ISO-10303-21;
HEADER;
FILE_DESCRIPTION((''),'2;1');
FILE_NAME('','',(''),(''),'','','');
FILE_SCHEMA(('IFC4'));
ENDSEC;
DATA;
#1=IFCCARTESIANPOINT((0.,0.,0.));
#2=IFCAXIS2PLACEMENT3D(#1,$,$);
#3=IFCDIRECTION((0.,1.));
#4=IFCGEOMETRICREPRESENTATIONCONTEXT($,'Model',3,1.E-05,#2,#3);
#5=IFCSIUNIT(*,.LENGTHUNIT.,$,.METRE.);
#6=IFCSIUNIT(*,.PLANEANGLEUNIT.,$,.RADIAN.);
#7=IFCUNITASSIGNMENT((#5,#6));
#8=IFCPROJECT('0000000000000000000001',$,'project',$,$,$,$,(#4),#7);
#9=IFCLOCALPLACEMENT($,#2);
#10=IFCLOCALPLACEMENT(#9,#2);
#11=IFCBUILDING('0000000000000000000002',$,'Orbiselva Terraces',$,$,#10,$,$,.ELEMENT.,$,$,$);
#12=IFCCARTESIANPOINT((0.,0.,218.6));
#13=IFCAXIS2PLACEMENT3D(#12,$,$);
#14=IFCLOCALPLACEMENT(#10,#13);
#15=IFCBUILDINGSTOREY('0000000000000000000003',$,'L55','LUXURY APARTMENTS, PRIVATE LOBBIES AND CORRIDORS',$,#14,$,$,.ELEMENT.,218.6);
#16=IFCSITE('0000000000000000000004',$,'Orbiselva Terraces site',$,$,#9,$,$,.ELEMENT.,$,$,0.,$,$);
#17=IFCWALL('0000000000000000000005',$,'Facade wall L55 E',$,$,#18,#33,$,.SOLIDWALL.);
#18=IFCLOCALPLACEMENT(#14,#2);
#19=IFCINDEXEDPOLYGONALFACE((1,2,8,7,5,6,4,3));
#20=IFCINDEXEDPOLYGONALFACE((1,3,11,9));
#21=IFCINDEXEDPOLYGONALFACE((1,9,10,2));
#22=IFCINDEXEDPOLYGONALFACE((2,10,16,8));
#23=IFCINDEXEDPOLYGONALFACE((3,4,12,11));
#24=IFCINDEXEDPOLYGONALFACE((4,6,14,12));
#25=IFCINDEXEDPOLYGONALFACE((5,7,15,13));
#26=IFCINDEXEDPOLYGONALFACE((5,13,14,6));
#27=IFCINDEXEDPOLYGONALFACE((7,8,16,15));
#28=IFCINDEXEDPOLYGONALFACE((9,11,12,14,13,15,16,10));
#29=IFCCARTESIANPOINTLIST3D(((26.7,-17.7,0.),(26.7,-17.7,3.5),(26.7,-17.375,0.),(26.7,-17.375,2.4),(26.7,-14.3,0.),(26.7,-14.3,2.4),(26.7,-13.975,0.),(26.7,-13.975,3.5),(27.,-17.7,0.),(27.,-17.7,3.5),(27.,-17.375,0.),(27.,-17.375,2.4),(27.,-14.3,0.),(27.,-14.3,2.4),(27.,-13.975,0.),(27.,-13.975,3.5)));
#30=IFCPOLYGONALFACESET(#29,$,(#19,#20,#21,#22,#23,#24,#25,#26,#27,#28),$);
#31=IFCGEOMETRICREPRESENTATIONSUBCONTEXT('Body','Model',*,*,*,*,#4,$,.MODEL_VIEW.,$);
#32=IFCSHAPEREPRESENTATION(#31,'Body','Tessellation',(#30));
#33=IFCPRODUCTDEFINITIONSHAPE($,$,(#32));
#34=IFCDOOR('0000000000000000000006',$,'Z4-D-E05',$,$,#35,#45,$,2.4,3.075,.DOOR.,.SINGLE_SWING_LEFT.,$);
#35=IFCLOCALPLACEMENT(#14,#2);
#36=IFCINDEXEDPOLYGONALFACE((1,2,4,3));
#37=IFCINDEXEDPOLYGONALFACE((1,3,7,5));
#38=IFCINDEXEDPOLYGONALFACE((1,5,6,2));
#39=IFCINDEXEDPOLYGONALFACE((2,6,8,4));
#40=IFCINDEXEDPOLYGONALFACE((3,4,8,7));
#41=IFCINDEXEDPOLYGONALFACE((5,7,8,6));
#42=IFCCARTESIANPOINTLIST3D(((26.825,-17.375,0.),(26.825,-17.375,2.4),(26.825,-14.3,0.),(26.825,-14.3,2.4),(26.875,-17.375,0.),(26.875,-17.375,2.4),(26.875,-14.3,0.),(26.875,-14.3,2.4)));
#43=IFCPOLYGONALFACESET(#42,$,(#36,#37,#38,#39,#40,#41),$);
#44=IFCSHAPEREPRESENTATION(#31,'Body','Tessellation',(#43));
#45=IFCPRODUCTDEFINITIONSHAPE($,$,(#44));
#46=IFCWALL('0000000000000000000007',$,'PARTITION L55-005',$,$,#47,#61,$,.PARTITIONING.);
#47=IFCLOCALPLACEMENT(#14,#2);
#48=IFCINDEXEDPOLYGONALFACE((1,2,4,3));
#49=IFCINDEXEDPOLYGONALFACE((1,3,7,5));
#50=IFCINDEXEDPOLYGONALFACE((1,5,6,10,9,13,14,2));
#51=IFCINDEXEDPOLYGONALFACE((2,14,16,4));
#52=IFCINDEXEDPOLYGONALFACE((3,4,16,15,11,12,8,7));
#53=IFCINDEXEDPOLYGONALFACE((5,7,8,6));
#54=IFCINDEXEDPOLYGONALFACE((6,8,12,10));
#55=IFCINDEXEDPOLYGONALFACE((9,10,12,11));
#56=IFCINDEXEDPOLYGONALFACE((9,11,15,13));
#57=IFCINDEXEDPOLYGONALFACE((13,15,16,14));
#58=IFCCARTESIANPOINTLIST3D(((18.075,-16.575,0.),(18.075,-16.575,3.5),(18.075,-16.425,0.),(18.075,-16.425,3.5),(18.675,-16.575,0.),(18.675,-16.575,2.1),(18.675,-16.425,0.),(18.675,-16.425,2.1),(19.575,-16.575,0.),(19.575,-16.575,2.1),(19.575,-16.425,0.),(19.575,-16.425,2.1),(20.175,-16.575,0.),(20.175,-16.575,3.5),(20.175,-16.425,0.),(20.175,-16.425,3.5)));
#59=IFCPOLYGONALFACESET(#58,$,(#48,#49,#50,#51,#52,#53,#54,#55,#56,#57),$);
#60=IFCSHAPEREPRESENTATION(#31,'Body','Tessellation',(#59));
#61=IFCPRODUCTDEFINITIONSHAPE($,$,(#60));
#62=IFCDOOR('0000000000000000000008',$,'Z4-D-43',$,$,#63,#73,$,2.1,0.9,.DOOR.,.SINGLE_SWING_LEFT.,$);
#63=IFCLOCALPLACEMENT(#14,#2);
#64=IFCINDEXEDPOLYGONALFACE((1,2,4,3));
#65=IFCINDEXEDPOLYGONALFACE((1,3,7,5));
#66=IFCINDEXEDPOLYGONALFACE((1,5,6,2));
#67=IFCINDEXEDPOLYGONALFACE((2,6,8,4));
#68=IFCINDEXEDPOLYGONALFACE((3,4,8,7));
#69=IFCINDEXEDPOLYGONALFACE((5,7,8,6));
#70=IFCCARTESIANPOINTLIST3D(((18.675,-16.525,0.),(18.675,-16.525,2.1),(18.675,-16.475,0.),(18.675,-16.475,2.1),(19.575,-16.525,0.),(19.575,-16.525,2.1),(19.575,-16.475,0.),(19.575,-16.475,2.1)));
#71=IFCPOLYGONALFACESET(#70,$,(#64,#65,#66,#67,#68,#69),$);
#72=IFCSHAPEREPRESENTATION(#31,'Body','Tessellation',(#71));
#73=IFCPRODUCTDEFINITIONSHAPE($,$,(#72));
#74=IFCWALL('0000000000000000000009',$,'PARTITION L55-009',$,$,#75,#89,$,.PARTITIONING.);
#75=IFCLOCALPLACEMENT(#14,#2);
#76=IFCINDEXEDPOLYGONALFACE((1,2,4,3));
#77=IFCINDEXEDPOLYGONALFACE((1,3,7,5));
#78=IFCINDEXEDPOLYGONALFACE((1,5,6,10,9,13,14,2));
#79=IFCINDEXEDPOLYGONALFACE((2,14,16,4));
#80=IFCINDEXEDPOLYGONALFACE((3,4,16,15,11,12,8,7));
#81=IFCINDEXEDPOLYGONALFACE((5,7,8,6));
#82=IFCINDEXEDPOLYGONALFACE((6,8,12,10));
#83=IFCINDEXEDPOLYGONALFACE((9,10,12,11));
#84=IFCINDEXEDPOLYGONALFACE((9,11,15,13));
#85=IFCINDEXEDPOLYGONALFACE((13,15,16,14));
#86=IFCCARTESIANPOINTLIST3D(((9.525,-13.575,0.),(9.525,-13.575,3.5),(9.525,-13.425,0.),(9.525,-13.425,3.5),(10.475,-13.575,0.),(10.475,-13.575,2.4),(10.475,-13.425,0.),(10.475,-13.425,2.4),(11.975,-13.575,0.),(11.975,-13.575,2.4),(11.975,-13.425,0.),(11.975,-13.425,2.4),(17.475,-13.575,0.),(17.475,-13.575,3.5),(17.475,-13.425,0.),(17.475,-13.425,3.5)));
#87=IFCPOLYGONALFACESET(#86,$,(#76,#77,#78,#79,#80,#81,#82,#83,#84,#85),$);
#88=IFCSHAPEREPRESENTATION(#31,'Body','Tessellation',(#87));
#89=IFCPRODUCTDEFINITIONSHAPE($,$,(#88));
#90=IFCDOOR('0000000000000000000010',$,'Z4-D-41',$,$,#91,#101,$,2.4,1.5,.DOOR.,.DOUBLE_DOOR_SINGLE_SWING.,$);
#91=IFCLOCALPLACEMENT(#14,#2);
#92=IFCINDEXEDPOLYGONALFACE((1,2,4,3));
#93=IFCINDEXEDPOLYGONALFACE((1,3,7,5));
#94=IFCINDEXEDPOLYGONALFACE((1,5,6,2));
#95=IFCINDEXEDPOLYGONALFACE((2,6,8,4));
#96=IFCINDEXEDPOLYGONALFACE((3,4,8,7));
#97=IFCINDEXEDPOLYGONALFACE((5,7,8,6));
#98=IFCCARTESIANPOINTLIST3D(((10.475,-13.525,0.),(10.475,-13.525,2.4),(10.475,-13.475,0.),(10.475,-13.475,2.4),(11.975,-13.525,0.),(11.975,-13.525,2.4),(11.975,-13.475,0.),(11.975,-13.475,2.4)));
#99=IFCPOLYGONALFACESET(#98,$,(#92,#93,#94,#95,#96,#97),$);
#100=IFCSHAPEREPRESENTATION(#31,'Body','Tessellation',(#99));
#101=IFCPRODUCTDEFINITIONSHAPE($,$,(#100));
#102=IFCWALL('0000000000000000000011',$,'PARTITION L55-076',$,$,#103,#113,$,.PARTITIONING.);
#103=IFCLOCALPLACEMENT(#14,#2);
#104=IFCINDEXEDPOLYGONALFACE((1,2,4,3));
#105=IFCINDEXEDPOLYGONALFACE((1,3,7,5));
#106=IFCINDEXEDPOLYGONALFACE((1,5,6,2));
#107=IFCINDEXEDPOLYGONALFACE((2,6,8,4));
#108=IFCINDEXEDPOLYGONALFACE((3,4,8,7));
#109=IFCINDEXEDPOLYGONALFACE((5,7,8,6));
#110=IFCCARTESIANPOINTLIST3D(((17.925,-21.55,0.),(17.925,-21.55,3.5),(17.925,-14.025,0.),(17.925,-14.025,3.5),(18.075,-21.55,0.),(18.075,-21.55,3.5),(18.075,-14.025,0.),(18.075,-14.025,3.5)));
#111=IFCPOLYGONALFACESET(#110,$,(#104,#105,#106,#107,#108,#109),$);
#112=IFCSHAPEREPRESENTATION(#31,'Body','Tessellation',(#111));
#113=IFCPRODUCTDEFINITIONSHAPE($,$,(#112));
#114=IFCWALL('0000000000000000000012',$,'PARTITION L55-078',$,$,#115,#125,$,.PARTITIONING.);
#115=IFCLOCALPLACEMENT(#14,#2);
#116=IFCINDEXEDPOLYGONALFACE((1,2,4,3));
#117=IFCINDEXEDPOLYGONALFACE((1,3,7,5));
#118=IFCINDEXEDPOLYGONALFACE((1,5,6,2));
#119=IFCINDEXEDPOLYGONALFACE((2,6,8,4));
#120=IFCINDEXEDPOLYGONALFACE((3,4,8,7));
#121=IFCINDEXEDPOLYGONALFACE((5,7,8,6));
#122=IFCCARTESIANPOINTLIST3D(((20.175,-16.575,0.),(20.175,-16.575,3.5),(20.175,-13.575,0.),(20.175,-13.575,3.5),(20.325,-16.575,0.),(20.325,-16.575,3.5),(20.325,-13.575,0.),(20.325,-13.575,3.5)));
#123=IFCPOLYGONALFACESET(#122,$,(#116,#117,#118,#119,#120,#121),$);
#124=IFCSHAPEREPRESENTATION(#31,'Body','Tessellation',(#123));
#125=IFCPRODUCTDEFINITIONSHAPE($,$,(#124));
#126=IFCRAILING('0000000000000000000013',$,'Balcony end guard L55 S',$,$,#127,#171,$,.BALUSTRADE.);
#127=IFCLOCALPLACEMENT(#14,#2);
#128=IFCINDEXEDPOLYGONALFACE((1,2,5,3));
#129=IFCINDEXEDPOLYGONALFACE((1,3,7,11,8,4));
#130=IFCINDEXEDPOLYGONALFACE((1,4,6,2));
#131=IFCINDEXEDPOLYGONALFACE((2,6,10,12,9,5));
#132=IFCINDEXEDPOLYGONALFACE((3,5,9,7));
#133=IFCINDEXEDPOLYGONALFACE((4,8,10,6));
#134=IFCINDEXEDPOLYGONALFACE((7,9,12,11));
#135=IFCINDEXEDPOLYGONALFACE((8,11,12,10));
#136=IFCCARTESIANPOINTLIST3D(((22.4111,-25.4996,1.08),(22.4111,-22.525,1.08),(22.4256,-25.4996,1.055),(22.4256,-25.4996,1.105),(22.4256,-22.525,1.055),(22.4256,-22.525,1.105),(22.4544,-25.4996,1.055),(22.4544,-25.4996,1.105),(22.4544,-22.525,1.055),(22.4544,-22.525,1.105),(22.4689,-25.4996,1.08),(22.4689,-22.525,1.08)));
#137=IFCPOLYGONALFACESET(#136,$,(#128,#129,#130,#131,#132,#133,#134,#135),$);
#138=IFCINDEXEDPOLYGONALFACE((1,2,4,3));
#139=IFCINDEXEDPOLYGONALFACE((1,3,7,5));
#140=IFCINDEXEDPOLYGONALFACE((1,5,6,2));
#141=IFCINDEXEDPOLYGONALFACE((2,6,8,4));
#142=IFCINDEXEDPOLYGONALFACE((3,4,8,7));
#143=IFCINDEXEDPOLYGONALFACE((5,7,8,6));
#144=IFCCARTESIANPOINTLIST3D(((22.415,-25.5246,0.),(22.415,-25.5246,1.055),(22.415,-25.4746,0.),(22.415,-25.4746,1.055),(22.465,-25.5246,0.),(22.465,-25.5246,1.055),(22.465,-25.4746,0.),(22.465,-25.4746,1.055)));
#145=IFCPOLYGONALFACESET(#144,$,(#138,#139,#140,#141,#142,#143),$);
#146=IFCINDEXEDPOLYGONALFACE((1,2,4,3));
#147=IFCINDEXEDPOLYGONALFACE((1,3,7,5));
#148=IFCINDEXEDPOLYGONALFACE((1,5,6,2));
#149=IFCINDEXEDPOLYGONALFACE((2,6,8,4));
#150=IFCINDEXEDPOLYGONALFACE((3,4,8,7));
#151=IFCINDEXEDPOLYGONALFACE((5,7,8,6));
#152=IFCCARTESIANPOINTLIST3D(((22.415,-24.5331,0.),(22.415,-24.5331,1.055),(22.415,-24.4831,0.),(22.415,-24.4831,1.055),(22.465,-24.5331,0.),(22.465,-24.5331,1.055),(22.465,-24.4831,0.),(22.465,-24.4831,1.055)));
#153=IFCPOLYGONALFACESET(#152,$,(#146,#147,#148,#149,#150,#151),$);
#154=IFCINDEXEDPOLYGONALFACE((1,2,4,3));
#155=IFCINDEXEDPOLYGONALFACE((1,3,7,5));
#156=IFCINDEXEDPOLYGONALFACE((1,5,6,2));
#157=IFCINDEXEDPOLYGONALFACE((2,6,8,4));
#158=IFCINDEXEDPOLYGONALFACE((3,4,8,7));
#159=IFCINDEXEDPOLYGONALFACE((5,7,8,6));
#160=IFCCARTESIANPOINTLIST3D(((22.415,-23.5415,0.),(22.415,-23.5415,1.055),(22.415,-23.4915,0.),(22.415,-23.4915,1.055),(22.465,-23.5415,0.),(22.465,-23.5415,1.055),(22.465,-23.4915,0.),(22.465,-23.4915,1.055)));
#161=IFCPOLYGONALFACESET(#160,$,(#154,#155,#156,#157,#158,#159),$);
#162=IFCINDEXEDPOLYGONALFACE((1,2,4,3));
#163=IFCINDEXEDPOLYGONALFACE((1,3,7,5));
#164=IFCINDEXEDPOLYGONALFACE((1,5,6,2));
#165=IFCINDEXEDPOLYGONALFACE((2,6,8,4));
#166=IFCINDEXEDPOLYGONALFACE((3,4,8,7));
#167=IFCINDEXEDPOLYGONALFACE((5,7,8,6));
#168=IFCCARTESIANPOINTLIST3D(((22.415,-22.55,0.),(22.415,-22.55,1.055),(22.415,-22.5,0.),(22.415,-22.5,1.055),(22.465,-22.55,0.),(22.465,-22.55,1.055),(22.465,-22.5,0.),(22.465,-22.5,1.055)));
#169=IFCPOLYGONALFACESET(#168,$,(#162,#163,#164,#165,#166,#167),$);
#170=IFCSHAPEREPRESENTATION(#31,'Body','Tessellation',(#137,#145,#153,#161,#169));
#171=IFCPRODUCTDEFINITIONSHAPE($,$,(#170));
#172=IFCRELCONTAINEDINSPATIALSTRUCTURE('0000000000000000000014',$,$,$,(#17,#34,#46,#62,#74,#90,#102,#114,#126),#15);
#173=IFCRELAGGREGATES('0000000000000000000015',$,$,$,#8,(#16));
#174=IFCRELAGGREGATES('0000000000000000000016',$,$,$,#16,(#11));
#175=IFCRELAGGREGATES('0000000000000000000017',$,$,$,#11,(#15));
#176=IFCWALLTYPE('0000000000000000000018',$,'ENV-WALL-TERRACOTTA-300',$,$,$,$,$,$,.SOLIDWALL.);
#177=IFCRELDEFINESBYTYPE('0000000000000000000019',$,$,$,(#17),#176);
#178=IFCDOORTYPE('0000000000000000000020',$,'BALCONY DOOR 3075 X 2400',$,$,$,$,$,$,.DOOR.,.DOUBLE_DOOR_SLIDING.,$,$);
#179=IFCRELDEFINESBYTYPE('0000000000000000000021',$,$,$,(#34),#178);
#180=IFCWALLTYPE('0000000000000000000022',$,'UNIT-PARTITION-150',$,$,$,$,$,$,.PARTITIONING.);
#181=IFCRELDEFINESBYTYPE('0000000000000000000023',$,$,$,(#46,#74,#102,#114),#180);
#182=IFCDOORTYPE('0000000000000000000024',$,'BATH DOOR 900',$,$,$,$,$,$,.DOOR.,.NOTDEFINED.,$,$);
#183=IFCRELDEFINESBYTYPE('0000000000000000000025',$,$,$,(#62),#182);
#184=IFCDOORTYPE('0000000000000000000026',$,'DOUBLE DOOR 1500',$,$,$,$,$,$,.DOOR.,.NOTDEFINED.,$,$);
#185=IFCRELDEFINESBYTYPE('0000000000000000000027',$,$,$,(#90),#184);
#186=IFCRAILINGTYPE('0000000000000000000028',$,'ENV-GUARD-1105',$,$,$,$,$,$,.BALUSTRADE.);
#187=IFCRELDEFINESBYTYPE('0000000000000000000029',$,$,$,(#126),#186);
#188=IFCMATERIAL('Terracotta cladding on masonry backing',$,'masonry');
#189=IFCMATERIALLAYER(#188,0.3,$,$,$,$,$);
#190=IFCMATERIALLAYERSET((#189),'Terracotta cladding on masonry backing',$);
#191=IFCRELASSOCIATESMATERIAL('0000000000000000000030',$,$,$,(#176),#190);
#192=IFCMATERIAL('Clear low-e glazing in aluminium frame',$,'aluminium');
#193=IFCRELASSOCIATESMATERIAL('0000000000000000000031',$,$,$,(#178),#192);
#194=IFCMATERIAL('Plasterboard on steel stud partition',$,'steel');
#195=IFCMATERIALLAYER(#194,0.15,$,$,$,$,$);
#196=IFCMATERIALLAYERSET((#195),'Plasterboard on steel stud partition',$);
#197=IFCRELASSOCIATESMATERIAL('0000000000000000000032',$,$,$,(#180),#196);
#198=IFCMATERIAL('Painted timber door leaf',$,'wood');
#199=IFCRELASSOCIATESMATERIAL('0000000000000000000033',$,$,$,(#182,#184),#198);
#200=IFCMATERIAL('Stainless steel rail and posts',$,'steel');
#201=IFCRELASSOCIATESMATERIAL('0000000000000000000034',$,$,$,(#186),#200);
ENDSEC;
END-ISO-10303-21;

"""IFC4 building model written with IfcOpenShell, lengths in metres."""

from ifc_helpers import new_model, si_unit, direction, frame, frame_2d, origin, origin_2d, place, context, subcontext, project, spatial, polyline, rectangle, outline, extrude, material, layer, layer_set, type_object, element, fill, save


model = new_model("IFC4")

# Units and contexts
model_context = context("Model", 3, precision=1e-05, world=origin(), true_north=direction((0.0, 1.0)))
body_context = subcontext(model_context, "Body", "Model", "MODEL_VIEW")
ifc_project = project(units=[si_unit("LENGTHUNIT", "METRE"), si_unit("PLANEANGLEUNIT", "RADIAN")], contexts=[model_context])

# Site, building, storey
site_placement = place(None, origin())
site = spatial("IfcSite", under=ifc_project, at=site_placement, Name="Orbiselva Terraces site", CompositionType="ELEMENT", RefElevation=0.0)
building_placement = place(site_placement, origin())
building = spatial("IfcBuilding", under=site, at=building_placement, Name="Orbiselva Terraces", CompositionType="ELEMENT")
storey_placement = place(building_placement, frame((0.0, 0.0, 218.6)))
storey = spatial("IfcBuildingStorey", under=building, at=storey_placement, Name="L55", Description="LUXURY APARTMENTS, PRIVATE LOBBIES AND CORRIDORS", CompositionType="ELEMENT", Elevation=218.6)

# Shared definitions
ifc_material_1 = material(Name="Terracotta cladding on masonry backing", Category="masonry")
ifc_layer_1 = layer(ifc_material_1, 0.3)
ifc_layer_set_1 = layer_set([ifc_layer_1], Name="Terracotta cladding on masonry backing")
wall_type_1 = type_object("IfcWallType", Name="ENV-WALL-TERRACOTTA-300", PredefinedType="SOLIDWALL", material=ifc_layer_set_1)
ifc_material_2 = material(Name="Clear low-e glazing in aluminium frame", Category="aluminium")

# Shared definitions
door_type_1 = type_object("IfcDoorType", Name="BALCONY DOOR 3075 X 2400", OperationType="DOUBLE_DOOR_SLIDING", PredefinedType="DOOR", material=ifc_material_2)

# Walls, openings, doors
wall_1_placement = place(storey_placement, frame((26.85, -13.975, 0.0), z_axis=(0.0, 0.0, 1.0), x_axis=(0.0, -1.0, 0.0)))
wall_1 = element("IfcWall", 1, at=wall_1_placement, inside=storey, type_object=wall_type_1, Name="Facade wall L55 E", PredefinedType="SOLIDWALL", context=body_context, shape_type="SweptSolid", body=[
    extrude(rectangle(XDim=3.725, YDim=0.3, at=frame_2d((1.8625, 0.0))), origin(), (0.0, 0.0, 1.0), 3.5),
])
opening_1_placement = place(wall_1_placement, frame((0.325, 0.0, 0.0)))
opening_1 = element("IfcOpeningElement", 2, at=opening_1_placement, cuts=wall_1, PredefinedType="OPENING", context=body_context, shape_type="SweptSolid", body=[
    extrude(rectangle(XDim=3.075, YDim=2.4, at=frame_2d((1.5375, 1.2))), frame((0.0, 0.16, 0.0), z_axis=(0.0, -1.0, 0.0), x_axis=(1.0, 0.0, 0.0)), (0.0, 0.0, 1.0), 0.32),
])
door_1_placement = place(opening_1_placement, origin())
door_1 = element("IfcDoor", 3, at=door_1_placement, inside=storey, type_object=door_type_1, Name="Z4-D-E05", OperationType="SINGLE_SWING_LEFT", OverallHeight=2.4, OverallWidth=3.075, PredefinedType="DOOR", context=body_context, shape_type="SweptSolid", body=[
    extrude(rectangle(XDim=3.075, YDim=2.4, at=frame_2d((1.5375, 1.2))), frame((0.0, 0.025, 0.0), z_axis=(0.0, -1.0, 0.0), x_axis=(1.0, 0.0, 0.0)), (0.0, 0.0, 1.0), 0.05),
])
fill(opening_1, door_1)
ifc_material_3 = material(Name="Plasterboard on steel stud partition", Category="steel")
ifc_layer_2 = layer(ifc_material_3, 0.15)
ifc_layer_set_2 = layer_set([ifc_layer_2], Name="Plasterboard on steel stud partition")
wall_type_2 = type_object("IfcWallType", Name="UNIT-PARTITION-150", PredefinedType="PARTITIONING", material=ifc_layer_set_2)
wall_2_placement = place(storey_placement, frame((18.075, -16.5, 0.0), z_axis=(0.0, 0.0, 1.0), x_axis=(1.0, 0.0, 0.0)))
wall_2 = element("IfcWall", 4, at=wall_2_placement, inside=storey, type_object=wall_type_2, Name="PARTITION L55-005", PredefinedType="PARTITIONING", context=body_context, shape_type="SweptSolid", body=[
    extrude(rectangle(XDim=2.1, YDim=0.15, at=frame_2d((1.05, 0.0))), origin(), (0.0, 0.0, 1.0), 3.5),
])
opening_2_placement = place(wall_2_placement, frame((0.6, 0.0, 0.0)))
opening_2 = element("IfcOpeningElement", 5, at=opening_2_placement, cuts=wall_2, PredefinedType="OPENING", context=body_context, shape_type="SweptSolid", body=[
    extrude(rectangle(XDim=0.9, YDim=2.1, at=frame_2d((0.45, 1.05))), frame((0.0, 0.085, 0.0), z_axis=(0.0, -1.0, 0.0), x_axis=(1.0, 0.0, 0.0)), (0.0, 0.0, 1.0), 0.17),
])
ifc_material_4 = material(Name="Painted timber door leaf", Category="wood")
door_type_2 = type_object("IfcDoorType", Name="BATH DOOR 900", OperationType="NOTDEFINED", PredefinedType="DOOR", material=ifc_material_4)
door_2_placement = place(opening_2_placement, origin())
door_2 = element("IfcDoor", 6, at=door_2_placement, inside=storey, type_object=door_type_2, Name="Z4-D-43", OperationType="SINGLE_SWING_LEFT", OverallHeight=2.1, OverallWidth=0.9, PredefinedType="DOOR", context=body_context, shape_type="SweptSolid", body=[
    extrude(rectangle(XDim=0.9, YDim=2.1, at=frame_2d((0.45, 1.05))), frame((0.0, 0.025, 0.0), z_axis=(0.0, -1.0, 0.0), x_axis=(1.0, 0.0, 0.0)), (0.0, 0.0, 1.0), 0.05),
])
fill(opening_2, door_2)
wall_3_placement = place(storey_placement, frame((17.475, -13.5, 0.0), z_axis=(0.0, 0.0, 1.0), x_axis=(-1.0, 0.0, 0.0)))
wall_3 = element("IfcWall", 7, at=wall_3_placement, inside=storey, type_object=wall_type_2, Name="PARTITION L55-009", PredefinedType="PARTITIONING", context=body_context, shape_type="SweptSolid", body=[
    extrude(rectangle(XDim=7.95, YDim=0.15, at=frame_2d((3.975, 0.0))), origin(), (0.0, 0.0, 1.0), 3.5),
])
opening_3_placement = place(wall_3_placement, frame((5.5, 0.0, 0.0)))
opening_3 = element("IfcOpeningElement", 8, at=opening_3_placement, cuts=wall_3, PredefinedType="OPENING", context=body_context, shape_type="SweptSolid", body=[
    extrude(rectangle(XDim=1.5, YDim=2.4, at=frame_2d((0.75, 1.2))), frame((0.0, 0.085, 0.0), z_axis=(0.0, -1.0, 0.0), x_axis=(1.0, 0.0, 0.0)), (0.0, 0.0, 1.0), 0.17),
])
door_type_3 = type_object("IfcDoorType", Name="DOUBLE DOOR 1500", OperationType="NOTDEFINED", PredefinedType="DOOR", material=ifc_material_4)
door_3_placement = place(opening_3_placement, origin())
door_3 = element("IfcDoor", 9, at=door_3_placement, inside=storey, type_object=door_type_3, Name="Z4-D-41", OperationType="DOUBLE_DOOR_SINGLE_SWING", OverallHeight=2.4, OverallWidth=1.5, PredefinedType="DOOR", context=body_context, shape_type="SweptSolid", body=[
    extrude(rectangle(XDim=1.5, YDim=2.4, at=frame_2d((0.75, 1.2))), frame((0.0, 0.025, 0.0), z_axis=(0.0, -1.0, 0.0), x_axis=(1.0, 0.0, 0.0)), (0.0, 0.0, 1.0), 0.05),
])
fill(opening_3, door_3)

# Walls
wall_4_placement = place(storey_placement, frame((18.0, -21.55, 0.0), z_axis=(0.0, 0.0, 1.0), x_axis=(0.0, 1.0, 0.0)))
element("IfcWall", 10, at=wall_4_placement, inside=storey, type_object=wall_type_2, Name="PARTITION L55-076", PredefinedType="PARTITIONING", context=body_context, shape_type="SweptSolid", body=[
    extrude(rectangle(XDim=7.525, YDim=0.15, at=frame_2d((3.7625, 0.0))), origin(), (0.0, 0.0, 1.0), 3.5),
])
wall_5_placement = place(storey_placement, frame((20.25, -16.575, 0.0), z_axis=(0.0, 0.0, 1.0), x_axis=(0.0, 1.0, 0.0)))
element("IfcWall", 11, at=wall_5_placement, inside=storey, type_object=wall_type_2, Name="PARTITION L55-078", PredefinedType="PARTITIONING", context=body_context, shape_type="SweptSolid", body=[
    extrude(rectangle(XDim=3.0, YDim=0.15, at=frame_2d((1.5, 0.0))), origin(), (0.0, 0.0, 1.0), 3.5),
])

# Railing
ifc_material_5 = material(Name="Stainless steel rail and posts", Category="steel")
railing_type_1 = type_object("IfcRailingType", Name="ENV-GUARD-1105", PredefinedType="BALUSTRADE", material=ifc_material_5)
railing_1_placement = place(storey_placement, frame((22.44, -25.4996, 0.0)))
element("IfcRailing", 12, at=railing_1_placement, inside=storey, type_object=railing_type_1, Name="Balcony end guard L55 S", PredefinedType="BALUSTRADE", context=body_context, shape_type="SweptSolid", body=[
    extrude(outline(polyline([(0.0289, 0.0), (0.0144, 0.025), (-0.0144, 0.025), (-0.0289, 0.0), (-0.0144, -0.025), (0.0144, -0.025), (0.0289, 0.0)])), frame((0.0, 0.0, 1.08), z_axis=(0.0, 1.0, 0.0), x_axis=(-1.0, 0.0, 0.0)), (0.0, 0.0, 1.0), 2.9746),
    extrude(rectangle(XDim=0.05, YDim=0.05, at=origin_2d()), origin(), (0.0, 0.0, 1.0), 1.055),
    extrude(rectangle(XDim=0.05, YDim=0.05, at=origin_2d()), frame((0.0, 0.9915, 0.0)), (0.0, 0.0, 1.0), 1.055),
    extrude(rectangle(XDim=0.05, YDim=0.05, at=origin_2d()), frame((0.0, 1.9831, 0.0)), (0.0, 0.0, 1.0), 1.055),
    extrude(rectangle(XDim=0.05, YDim=0.05, at=origin_2d()), frame((0.0, 2.9746, 0.0)), (0.0, 0.0, 1.0), 1.055),
])

save(model, "model.ifc")
